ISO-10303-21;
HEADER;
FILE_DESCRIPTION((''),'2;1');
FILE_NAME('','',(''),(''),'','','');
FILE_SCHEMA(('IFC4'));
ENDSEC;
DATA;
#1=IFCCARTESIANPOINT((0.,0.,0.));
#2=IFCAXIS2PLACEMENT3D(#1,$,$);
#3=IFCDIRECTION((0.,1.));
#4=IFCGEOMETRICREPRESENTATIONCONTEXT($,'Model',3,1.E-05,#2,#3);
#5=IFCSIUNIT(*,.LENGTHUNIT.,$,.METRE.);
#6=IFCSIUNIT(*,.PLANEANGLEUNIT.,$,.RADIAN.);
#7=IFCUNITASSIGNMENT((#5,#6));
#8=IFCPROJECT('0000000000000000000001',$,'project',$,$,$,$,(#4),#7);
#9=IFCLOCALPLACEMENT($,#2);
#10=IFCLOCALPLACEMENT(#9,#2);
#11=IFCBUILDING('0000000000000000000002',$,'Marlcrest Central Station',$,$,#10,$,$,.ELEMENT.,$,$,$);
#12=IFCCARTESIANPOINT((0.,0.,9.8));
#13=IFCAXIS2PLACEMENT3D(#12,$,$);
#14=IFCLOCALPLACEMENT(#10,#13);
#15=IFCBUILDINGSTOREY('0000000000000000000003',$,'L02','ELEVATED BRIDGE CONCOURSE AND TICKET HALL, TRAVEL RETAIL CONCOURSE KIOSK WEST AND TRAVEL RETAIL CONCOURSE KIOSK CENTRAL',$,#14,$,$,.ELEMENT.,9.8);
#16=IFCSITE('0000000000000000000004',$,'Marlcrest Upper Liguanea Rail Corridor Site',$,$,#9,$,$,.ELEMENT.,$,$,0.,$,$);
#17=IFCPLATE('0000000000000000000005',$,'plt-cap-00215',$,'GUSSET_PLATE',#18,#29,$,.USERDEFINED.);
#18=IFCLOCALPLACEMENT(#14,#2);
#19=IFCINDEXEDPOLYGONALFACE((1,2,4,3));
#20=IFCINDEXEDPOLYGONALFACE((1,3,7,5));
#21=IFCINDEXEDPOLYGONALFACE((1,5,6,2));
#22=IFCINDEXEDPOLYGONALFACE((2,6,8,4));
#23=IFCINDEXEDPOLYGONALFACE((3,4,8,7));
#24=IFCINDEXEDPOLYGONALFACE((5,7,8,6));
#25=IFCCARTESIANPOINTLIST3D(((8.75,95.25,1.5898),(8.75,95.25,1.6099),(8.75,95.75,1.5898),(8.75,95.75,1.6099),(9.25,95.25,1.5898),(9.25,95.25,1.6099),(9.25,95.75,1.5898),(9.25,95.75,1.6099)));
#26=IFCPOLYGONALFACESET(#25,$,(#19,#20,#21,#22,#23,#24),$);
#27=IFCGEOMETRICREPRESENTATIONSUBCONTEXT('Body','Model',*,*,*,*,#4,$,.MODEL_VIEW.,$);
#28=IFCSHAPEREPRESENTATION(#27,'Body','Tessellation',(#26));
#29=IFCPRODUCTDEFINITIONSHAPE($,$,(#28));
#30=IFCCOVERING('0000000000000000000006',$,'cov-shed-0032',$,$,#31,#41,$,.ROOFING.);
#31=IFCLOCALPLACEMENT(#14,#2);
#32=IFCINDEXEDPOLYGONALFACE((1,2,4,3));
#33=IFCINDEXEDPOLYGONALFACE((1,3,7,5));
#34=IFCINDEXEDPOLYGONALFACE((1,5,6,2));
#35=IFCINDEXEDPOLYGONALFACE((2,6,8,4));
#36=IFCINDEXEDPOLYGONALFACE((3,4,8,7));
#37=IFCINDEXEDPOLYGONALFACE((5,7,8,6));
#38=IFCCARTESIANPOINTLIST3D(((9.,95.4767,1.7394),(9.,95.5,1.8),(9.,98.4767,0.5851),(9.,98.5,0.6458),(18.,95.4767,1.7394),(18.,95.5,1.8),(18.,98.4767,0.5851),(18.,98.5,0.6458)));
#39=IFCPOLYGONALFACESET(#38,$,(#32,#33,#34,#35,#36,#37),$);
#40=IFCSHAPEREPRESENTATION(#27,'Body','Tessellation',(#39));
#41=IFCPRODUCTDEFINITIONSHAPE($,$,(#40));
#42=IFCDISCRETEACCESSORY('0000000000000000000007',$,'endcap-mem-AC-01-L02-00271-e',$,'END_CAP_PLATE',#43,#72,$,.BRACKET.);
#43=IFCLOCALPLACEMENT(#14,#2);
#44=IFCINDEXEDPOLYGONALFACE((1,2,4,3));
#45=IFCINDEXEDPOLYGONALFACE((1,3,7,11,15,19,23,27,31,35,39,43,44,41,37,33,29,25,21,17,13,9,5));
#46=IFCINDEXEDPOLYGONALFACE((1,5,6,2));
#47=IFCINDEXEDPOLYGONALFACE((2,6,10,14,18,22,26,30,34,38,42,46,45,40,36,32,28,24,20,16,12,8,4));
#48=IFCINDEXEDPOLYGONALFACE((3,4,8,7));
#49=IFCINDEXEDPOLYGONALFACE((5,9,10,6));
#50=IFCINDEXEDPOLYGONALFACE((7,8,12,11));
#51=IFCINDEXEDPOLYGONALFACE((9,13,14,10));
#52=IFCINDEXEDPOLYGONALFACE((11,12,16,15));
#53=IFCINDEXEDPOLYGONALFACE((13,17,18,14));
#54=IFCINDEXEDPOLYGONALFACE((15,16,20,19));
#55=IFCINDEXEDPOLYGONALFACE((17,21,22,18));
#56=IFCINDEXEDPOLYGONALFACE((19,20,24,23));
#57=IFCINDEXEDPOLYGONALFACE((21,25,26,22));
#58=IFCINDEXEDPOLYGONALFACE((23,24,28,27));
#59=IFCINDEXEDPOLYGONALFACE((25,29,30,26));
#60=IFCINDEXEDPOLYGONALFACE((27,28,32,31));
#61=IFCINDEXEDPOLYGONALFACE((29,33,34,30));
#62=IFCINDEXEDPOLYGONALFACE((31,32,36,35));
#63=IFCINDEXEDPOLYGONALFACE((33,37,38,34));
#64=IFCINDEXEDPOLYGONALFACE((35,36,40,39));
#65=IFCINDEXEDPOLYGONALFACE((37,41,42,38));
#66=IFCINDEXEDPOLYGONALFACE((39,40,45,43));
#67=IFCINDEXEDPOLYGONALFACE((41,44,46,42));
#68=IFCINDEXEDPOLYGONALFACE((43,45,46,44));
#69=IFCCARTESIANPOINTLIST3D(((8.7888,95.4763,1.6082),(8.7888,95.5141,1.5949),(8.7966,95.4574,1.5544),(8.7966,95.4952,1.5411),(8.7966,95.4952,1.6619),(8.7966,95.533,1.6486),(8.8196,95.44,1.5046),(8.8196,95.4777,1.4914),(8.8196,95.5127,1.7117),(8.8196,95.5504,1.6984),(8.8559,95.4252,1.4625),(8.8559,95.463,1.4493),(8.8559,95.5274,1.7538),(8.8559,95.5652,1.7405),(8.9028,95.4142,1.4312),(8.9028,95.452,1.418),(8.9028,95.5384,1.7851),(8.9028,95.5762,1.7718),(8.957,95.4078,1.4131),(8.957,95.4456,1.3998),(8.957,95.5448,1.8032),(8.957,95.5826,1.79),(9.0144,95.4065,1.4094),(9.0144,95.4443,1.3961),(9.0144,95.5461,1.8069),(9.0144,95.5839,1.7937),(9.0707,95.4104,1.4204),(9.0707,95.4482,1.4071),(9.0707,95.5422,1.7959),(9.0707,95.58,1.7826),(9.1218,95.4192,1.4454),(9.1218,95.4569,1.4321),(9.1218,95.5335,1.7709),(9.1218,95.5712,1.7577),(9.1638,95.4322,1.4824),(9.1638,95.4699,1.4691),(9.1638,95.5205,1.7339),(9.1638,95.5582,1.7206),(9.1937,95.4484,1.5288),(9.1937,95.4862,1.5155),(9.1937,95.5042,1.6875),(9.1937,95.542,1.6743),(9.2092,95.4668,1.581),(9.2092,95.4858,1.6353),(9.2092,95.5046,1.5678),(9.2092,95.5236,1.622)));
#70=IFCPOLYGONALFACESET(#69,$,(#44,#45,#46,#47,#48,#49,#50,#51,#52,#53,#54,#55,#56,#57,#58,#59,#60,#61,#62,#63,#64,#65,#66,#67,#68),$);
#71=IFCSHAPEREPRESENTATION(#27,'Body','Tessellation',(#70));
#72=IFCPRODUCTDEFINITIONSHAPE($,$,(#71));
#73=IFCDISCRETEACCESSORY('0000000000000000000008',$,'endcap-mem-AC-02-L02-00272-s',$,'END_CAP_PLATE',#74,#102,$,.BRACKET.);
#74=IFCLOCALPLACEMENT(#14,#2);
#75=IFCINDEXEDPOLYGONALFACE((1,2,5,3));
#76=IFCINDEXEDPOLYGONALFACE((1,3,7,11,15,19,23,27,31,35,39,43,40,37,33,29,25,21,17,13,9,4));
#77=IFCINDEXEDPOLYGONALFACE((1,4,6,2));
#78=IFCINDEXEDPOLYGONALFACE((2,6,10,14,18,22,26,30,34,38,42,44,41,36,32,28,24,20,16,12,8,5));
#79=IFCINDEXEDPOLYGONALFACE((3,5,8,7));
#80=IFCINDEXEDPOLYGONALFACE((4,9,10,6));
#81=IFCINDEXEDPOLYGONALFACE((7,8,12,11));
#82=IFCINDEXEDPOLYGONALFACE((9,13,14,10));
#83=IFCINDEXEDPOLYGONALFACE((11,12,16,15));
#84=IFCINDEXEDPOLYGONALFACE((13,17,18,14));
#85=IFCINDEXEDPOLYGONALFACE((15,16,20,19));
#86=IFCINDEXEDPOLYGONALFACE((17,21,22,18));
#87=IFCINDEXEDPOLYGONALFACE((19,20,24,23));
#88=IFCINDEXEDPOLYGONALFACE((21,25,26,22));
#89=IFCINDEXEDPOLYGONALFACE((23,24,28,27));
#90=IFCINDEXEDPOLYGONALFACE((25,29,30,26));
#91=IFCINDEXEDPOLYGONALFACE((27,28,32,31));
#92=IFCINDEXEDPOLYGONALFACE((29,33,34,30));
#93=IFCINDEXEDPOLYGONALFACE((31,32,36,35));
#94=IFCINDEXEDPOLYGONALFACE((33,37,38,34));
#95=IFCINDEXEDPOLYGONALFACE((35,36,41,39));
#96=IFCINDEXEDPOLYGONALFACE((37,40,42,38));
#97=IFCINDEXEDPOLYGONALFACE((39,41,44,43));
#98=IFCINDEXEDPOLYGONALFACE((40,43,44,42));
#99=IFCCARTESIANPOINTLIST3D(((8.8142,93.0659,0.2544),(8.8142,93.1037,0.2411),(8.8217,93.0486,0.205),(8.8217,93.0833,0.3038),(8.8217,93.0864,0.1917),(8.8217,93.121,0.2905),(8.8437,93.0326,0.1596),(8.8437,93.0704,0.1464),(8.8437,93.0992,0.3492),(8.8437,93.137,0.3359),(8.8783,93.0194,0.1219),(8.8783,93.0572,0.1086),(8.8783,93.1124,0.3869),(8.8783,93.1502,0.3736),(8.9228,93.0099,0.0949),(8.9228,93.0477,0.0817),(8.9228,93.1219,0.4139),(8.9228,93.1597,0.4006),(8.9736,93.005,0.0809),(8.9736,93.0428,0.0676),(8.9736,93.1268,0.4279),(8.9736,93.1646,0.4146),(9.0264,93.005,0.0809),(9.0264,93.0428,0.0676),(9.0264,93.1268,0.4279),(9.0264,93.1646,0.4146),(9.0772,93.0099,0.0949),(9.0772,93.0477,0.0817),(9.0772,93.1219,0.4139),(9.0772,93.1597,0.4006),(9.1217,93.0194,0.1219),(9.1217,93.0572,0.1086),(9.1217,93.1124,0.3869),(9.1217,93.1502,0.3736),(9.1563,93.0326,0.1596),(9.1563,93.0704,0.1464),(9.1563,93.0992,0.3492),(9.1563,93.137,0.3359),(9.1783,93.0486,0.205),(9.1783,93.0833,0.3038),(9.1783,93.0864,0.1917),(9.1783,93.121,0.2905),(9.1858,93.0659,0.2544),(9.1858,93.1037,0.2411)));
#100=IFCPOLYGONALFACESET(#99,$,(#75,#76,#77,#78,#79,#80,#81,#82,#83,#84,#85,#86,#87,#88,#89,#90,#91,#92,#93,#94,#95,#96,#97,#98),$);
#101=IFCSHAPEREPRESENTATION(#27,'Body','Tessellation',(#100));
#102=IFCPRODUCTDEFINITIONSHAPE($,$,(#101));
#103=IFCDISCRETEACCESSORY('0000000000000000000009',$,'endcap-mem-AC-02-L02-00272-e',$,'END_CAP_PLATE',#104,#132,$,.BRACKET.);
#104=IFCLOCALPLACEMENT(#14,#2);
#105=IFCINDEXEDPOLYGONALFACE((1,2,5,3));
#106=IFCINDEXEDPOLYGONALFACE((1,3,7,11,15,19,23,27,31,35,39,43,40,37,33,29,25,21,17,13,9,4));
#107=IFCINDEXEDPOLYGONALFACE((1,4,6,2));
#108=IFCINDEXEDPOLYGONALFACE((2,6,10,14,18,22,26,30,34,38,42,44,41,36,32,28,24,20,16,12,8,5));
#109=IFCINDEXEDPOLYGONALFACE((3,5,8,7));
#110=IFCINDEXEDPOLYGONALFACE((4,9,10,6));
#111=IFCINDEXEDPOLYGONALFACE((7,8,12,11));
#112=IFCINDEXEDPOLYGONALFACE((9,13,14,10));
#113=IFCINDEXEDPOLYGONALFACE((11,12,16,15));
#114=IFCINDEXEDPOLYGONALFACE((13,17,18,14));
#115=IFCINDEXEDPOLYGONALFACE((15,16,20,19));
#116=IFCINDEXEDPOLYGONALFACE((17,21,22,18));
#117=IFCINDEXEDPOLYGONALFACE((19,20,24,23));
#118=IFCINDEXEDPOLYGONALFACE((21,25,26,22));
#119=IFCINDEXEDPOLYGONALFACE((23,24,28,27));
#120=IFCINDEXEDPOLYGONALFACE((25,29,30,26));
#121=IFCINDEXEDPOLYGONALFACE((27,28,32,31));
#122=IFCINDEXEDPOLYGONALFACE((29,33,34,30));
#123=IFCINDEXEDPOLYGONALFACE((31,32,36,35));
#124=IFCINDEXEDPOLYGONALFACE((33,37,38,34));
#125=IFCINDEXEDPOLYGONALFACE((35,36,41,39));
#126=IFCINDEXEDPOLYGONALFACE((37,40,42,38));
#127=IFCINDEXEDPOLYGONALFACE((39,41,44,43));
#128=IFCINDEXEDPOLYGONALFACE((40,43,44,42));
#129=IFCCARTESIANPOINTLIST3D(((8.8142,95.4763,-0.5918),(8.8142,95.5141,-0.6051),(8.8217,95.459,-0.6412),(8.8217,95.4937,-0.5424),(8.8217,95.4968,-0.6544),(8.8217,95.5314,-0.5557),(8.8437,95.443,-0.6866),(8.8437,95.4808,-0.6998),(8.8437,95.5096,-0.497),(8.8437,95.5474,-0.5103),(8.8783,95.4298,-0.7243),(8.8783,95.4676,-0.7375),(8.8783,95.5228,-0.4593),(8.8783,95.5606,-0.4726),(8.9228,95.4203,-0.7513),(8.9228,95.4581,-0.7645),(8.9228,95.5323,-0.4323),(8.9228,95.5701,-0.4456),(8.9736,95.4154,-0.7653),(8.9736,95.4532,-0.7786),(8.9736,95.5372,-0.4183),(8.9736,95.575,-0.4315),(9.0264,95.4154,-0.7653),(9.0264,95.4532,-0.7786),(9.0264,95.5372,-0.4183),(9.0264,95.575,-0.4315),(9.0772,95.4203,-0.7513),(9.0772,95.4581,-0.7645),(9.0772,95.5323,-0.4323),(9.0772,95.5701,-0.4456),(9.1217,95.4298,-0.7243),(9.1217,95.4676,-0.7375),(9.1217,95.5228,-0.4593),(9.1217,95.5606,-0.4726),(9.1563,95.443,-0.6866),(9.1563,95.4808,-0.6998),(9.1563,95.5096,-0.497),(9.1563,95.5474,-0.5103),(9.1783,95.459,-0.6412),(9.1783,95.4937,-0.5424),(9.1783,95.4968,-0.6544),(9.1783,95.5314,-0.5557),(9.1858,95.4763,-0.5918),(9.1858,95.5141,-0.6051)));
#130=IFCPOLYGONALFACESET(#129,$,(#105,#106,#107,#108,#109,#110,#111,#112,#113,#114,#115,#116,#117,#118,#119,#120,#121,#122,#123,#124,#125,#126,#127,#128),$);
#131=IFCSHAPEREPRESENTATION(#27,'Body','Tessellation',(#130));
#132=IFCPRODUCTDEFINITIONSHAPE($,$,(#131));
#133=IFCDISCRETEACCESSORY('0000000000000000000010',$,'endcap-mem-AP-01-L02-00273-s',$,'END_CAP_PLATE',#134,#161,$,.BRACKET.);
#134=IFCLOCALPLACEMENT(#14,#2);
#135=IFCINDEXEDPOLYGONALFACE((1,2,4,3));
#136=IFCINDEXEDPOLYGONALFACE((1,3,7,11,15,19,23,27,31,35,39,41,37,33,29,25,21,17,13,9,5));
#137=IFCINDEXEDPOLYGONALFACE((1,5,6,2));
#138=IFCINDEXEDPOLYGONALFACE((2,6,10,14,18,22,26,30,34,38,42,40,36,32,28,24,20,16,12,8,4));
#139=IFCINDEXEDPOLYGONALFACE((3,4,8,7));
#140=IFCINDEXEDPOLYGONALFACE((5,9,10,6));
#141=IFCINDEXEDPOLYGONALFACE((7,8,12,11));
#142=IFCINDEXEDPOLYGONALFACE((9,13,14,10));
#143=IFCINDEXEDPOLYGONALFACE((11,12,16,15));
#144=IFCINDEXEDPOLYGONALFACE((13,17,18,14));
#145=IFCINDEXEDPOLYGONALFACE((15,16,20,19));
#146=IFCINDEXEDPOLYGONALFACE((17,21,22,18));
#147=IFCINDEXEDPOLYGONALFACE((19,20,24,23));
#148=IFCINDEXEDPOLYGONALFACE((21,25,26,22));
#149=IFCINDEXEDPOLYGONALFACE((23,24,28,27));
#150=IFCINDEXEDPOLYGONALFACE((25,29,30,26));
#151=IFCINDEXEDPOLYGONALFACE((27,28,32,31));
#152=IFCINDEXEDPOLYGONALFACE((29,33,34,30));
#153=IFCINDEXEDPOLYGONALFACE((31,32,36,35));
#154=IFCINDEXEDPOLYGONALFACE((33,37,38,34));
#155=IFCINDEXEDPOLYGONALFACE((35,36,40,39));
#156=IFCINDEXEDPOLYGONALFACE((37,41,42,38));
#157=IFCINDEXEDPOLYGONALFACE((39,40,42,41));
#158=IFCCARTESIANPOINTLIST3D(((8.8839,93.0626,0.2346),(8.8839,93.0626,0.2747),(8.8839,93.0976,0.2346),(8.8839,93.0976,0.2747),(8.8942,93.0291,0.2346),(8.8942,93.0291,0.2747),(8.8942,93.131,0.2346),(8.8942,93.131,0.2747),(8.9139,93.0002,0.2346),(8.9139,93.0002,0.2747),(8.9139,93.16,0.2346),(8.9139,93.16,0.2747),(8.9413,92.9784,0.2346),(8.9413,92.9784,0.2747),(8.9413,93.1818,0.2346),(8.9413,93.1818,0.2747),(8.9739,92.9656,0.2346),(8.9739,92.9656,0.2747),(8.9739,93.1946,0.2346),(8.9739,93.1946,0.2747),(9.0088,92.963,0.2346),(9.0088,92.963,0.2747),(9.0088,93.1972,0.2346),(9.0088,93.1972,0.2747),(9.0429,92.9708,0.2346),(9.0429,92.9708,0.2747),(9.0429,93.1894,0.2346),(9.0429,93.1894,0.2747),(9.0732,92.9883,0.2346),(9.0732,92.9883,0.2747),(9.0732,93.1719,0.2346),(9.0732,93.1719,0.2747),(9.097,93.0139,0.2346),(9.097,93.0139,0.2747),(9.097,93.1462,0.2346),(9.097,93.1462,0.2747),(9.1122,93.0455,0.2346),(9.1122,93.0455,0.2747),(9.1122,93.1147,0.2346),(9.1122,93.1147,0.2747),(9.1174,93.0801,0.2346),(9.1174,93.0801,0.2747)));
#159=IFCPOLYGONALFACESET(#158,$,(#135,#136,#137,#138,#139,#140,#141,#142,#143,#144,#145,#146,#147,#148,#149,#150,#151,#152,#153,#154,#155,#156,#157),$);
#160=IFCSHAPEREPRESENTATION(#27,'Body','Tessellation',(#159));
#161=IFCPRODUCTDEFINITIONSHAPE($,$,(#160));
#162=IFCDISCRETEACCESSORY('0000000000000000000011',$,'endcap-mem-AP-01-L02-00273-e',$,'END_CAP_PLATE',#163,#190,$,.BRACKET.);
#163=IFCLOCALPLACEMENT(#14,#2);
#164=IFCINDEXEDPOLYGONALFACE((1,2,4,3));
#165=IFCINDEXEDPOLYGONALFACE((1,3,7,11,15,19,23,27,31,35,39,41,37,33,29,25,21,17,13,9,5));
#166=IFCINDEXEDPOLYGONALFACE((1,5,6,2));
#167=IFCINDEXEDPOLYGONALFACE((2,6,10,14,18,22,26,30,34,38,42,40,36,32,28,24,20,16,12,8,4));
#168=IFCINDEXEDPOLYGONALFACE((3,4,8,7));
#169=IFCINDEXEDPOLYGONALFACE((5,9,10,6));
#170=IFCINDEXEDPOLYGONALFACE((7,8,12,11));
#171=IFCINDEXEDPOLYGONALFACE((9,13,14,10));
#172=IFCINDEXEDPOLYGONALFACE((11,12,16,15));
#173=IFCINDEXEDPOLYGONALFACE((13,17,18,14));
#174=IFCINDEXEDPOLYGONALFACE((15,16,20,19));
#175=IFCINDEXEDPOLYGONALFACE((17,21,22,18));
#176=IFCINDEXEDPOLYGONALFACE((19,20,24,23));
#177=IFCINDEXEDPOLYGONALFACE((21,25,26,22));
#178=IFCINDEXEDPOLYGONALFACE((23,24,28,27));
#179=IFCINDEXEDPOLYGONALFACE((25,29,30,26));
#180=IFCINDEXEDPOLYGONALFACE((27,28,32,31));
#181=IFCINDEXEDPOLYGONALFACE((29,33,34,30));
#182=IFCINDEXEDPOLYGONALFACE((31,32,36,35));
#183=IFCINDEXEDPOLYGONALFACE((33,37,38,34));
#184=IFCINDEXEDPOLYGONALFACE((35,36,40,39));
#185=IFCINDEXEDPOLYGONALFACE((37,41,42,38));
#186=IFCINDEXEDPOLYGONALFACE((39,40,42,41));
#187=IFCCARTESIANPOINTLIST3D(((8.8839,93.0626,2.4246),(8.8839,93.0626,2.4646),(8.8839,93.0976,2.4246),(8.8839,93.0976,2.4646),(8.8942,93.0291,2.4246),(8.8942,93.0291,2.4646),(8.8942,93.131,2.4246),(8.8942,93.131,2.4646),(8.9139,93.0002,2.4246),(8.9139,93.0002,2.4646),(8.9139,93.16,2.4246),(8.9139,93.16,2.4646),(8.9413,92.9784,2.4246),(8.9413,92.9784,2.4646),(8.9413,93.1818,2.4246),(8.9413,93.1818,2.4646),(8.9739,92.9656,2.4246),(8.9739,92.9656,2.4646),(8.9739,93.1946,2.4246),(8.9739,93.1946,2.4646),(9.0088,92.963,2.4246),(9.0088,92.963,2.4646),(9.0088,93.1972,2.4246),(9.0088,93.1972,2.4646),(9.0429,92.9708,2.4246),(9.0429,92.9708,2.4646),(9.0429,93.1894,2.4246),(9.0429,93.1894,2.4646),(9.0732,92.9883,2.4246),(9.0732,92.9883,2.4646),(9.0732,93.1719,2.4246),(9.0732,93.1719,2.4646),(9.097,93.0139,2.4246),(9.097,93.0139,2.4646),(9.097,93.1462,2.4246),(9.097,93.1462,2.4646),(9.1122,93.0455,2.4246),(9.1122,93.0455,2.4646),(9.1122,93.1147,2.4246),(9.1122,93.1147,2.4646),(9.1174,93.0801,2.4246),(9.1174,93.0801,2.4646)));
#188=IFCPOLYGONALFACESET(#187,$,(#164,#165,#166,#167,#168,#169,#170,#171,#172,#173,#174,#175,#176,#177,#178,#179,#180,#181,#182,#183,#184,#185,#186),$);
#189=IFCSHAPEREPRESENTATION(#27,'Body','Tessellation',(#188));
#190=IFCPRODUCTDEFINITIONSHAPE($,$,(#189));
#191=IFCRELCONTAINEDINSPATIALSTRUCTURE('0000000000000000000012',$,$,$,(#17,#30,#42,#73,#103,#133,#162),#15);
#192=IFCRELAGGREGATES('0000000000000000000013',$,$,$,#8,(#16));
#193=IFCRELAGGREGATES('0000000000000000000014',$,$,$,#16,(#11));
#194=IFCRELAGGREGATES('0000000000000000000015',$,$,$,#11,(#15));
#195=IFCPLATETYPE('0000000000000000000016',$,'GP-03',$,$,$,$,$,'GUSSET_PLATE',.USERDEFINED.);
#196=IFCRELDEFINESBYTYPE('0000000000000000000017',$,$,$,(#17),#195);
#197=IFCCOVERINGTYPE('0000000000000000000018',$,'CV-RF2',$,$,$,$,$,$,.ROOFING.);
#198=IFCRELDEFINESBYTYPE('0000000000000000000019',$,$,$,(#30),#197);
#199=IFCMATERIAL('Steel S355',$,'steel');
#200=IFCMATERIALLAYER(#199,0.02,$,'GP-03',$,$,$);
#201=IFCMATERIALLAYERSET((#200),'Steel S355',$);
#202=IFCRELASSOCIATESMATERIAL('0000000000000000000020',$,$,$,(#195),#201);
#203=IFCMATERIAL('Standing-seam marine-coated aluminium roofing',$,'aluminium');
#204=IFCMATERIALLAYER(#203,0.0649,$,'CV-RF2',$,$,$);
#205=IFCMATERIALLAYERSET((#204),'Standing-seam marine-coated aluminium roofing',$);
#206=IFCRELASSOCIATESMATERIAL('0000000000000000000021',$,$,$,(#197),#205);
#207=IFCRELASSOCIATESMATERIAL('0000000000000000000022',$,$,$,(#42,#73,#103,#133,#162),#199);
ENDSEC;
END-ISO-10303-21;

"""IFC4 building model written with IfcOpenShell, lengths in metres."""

from ifc_helpers import new_model, si_unit, direction, frame, origin, origin_2d, place, context, subcontext, project, spatial, polyline, rectangle, circle, outline, extrude, material, layer, layer_set, type_object, element, save


model = new_model("IFC4")

# Units and contexts
model_context = context("Model", 3, precision=1e-05, world=origin(), true_north=direction((0.0, 1.0)))
body_context = subcontext(model_context, "Body", "Model", "MODEL_VIEW")
ifc_project = project(units=[si_unit("LENGTHUNIT", "METRE"), si_unit("PLANEANGLEUNIT", "RADIAN")], contexts=[model_context])

# Site, building, storey
site_placement = place(None, origin())
site = spatial("IfcSite", under=ifc_project, at=site_placement, Name="Marlcrest Upper Liguanea Rail Corridor Site", CompositionType="ELEMENT", RefElevation=0.0)
building_placement = place(site_placement, origin())
building = spatial("IfcBuilding", under=site, at=building_placement, Name="Marlcrest Central Station", CompositionType="ELEMENT")
storey_placement = place(building_placement, frame((0.0, 0.0, 9.8)))
storey = spatial("IfcBuildingStorey", under=building, at=storey_placement, Name="L02", Description="ELEVATED BRIDGE CONCOURSE AND TICKET HALL, TRAVEL RETAIL CONCOURSE KIOSK WEST AND TRAVEL RETAIL CONCOURSE KIOSK CENTRAL", CompositionType="ELEMENT", Elevation=9.8)

# Shared definitions
ifc_material_1 = material(Name="Steel S355", Category="steel")

# Plate
ifc_layer_1 = layer(ifc_material_1, 0.02, Name="GP-03")
ifc_layer_set_1 = layer_set([ifc_layer_1], Name="Steel S355")
plate_type = type_object("IfcPlateType", Name="GP-03", ElementType="GUSSET_PLATE", PredefinedType="USERDEFINED", material=ifc_layer_set_1)
for number, where, z_axis, x_axis, name in (
    (1, (9.0, 95.5, 1.5898), (0.0, 0.0, 1.0), (1.0, 0.0, 0.0), "plt-cap-00215"),
):
    element("IfcPlate", number, at=place(storey_placement, frame(where, z_axis=z_axis, x_axis=x_axis)), inside=storey, type_object=plate_type, Name=name, ObjectType="GUSSET_PLATE", PredefinedType="USERDEFINED", context=body_context, shape_type="SweptSolid", body=[
        extrude(rectangle(XDim=0.5, YDim=0.5, at=origin_2d()), origin(), (0.0, 0.0, 1.0), 0.02),
    ])

# Covering
ifc_material_2 = material(Name="Standing-seam marine-coated aluminium roofing", Category="aluminium")
ifc_layer_2 = layer(ifc_material_2, 0.0649, Name="CV-RF2")
ifc_layer_set_2 = layer_set([ifc_layer_2], Name="Standing-seam marine-coated aluminium roofing")
covering_type = type_object("IfcCoveringType", Name="CV-RF2", PredefinedType="ROOFING", material=ifc_layer_set_2)
covering_placement = place(storey_placement, frame((9.0, 95.5, 1.8), z_axis=(0.0, 0.359101, 0.933299), x_axis=(1.0, 0.0, 0.0)))
element("IfcCovering", 2, at=covering_placement, inside=storey, type_object=covering_type, Name="cov-shed-0032", PredefinedType="ROOFING", context=body_context, shape_type="SweptSolid", body=[
    extrude(outline(polyline([(0.0, 0.0), (9.0, 0.0), (9.0, 3.2144), (0.0, 3.2144), (0.0, 0.0)])), origin(), (0.0, 0.0, -1.0), 0.0649),
])

# Discrete accessories
discrete_accessory_1_placement = place(storey_placement, frame((9.0, 95.4763, 1.6082), z_axis=(0.0, 0.943537, -0.331266), x_axis=(-1.0, 0.0, 0.0)))
element("IfcDiscreteAccessory", 3, at=discrete_accessory_1_placement, inside=storey, material=ifc_material_1, Name="endcap-mem-AC-01-L02-00271-e", ObjectType="END_CAP_PLATE", PredefinedType="BRACKET", context=body_context, shape_type="SweptSolid", body=[
    extrude(circle(Radius=0.2112, at=origin_2d()), origin(), (0.0, 0.0, 1.0), 0.04),
])
for number, where, z_axis, x_axis, name in (
    (4, (9.0, 93.0659, 0.2544), (0.0, 0.943537, -0.331266), (-1.0, 0.0, 0.0), "endcap-mem-AC-02-L02-00272-s"),
    (5, (9.0, 95.4763, -0.5918), (0.0, 0.943537, -0.331266), (-1.0, 0.0, 0.0), "endcap-mem-AC-02-L02-00272-e"),
):
    element("IfcDiscreteAccessory", number, at=place(storey_placement, frame(where, z_axis=z_axis, x_axis=x_axis)), inside=storey, material=ifc_material_1, Name=name, ObjectType="END_CAP_PLATE", PredefinedType="BRACKET", context=body_context, shape_type="SweptSolid", body=[
        extrude(circle(Radius=0.1858, at=origin_2d()), origin(), (0.0, 0.0, 1.0), 0.04),
    ])
for number, where, z_axis, x_axis, name in (
    (6, (9.0, 93.0801, 0.2346), (0.0, 0.0, 1.0), (1.0, 0.0, 0.0), "endcap-mem-AP-01-L02-00273-s"),
    (7, (9.0, 93.0801, 2.4246), (0.0, 0.0, 1.0), (1.0, 0.0, 0.0), "endcap-mem-AP-01-L02-00273-e"),
):
    element("IfcDiscreteAccessory", number, at=place(storey_placement, frame(where, z_axis=z_axis, x_axis=x_axis)), inside=storey, material=ifc_material_1, Name=name, ObjectType="END_CAP_PLATE", PredefinedType="BRACKET", context=body_context, shape_type="SweptSolid", body=[
        extrude(circle(Radius=0.1174, at=origin_2d()), origin(), (0.0, 0.0, 1.0), 0.04),
    ])

save(model, "model.ifc")
